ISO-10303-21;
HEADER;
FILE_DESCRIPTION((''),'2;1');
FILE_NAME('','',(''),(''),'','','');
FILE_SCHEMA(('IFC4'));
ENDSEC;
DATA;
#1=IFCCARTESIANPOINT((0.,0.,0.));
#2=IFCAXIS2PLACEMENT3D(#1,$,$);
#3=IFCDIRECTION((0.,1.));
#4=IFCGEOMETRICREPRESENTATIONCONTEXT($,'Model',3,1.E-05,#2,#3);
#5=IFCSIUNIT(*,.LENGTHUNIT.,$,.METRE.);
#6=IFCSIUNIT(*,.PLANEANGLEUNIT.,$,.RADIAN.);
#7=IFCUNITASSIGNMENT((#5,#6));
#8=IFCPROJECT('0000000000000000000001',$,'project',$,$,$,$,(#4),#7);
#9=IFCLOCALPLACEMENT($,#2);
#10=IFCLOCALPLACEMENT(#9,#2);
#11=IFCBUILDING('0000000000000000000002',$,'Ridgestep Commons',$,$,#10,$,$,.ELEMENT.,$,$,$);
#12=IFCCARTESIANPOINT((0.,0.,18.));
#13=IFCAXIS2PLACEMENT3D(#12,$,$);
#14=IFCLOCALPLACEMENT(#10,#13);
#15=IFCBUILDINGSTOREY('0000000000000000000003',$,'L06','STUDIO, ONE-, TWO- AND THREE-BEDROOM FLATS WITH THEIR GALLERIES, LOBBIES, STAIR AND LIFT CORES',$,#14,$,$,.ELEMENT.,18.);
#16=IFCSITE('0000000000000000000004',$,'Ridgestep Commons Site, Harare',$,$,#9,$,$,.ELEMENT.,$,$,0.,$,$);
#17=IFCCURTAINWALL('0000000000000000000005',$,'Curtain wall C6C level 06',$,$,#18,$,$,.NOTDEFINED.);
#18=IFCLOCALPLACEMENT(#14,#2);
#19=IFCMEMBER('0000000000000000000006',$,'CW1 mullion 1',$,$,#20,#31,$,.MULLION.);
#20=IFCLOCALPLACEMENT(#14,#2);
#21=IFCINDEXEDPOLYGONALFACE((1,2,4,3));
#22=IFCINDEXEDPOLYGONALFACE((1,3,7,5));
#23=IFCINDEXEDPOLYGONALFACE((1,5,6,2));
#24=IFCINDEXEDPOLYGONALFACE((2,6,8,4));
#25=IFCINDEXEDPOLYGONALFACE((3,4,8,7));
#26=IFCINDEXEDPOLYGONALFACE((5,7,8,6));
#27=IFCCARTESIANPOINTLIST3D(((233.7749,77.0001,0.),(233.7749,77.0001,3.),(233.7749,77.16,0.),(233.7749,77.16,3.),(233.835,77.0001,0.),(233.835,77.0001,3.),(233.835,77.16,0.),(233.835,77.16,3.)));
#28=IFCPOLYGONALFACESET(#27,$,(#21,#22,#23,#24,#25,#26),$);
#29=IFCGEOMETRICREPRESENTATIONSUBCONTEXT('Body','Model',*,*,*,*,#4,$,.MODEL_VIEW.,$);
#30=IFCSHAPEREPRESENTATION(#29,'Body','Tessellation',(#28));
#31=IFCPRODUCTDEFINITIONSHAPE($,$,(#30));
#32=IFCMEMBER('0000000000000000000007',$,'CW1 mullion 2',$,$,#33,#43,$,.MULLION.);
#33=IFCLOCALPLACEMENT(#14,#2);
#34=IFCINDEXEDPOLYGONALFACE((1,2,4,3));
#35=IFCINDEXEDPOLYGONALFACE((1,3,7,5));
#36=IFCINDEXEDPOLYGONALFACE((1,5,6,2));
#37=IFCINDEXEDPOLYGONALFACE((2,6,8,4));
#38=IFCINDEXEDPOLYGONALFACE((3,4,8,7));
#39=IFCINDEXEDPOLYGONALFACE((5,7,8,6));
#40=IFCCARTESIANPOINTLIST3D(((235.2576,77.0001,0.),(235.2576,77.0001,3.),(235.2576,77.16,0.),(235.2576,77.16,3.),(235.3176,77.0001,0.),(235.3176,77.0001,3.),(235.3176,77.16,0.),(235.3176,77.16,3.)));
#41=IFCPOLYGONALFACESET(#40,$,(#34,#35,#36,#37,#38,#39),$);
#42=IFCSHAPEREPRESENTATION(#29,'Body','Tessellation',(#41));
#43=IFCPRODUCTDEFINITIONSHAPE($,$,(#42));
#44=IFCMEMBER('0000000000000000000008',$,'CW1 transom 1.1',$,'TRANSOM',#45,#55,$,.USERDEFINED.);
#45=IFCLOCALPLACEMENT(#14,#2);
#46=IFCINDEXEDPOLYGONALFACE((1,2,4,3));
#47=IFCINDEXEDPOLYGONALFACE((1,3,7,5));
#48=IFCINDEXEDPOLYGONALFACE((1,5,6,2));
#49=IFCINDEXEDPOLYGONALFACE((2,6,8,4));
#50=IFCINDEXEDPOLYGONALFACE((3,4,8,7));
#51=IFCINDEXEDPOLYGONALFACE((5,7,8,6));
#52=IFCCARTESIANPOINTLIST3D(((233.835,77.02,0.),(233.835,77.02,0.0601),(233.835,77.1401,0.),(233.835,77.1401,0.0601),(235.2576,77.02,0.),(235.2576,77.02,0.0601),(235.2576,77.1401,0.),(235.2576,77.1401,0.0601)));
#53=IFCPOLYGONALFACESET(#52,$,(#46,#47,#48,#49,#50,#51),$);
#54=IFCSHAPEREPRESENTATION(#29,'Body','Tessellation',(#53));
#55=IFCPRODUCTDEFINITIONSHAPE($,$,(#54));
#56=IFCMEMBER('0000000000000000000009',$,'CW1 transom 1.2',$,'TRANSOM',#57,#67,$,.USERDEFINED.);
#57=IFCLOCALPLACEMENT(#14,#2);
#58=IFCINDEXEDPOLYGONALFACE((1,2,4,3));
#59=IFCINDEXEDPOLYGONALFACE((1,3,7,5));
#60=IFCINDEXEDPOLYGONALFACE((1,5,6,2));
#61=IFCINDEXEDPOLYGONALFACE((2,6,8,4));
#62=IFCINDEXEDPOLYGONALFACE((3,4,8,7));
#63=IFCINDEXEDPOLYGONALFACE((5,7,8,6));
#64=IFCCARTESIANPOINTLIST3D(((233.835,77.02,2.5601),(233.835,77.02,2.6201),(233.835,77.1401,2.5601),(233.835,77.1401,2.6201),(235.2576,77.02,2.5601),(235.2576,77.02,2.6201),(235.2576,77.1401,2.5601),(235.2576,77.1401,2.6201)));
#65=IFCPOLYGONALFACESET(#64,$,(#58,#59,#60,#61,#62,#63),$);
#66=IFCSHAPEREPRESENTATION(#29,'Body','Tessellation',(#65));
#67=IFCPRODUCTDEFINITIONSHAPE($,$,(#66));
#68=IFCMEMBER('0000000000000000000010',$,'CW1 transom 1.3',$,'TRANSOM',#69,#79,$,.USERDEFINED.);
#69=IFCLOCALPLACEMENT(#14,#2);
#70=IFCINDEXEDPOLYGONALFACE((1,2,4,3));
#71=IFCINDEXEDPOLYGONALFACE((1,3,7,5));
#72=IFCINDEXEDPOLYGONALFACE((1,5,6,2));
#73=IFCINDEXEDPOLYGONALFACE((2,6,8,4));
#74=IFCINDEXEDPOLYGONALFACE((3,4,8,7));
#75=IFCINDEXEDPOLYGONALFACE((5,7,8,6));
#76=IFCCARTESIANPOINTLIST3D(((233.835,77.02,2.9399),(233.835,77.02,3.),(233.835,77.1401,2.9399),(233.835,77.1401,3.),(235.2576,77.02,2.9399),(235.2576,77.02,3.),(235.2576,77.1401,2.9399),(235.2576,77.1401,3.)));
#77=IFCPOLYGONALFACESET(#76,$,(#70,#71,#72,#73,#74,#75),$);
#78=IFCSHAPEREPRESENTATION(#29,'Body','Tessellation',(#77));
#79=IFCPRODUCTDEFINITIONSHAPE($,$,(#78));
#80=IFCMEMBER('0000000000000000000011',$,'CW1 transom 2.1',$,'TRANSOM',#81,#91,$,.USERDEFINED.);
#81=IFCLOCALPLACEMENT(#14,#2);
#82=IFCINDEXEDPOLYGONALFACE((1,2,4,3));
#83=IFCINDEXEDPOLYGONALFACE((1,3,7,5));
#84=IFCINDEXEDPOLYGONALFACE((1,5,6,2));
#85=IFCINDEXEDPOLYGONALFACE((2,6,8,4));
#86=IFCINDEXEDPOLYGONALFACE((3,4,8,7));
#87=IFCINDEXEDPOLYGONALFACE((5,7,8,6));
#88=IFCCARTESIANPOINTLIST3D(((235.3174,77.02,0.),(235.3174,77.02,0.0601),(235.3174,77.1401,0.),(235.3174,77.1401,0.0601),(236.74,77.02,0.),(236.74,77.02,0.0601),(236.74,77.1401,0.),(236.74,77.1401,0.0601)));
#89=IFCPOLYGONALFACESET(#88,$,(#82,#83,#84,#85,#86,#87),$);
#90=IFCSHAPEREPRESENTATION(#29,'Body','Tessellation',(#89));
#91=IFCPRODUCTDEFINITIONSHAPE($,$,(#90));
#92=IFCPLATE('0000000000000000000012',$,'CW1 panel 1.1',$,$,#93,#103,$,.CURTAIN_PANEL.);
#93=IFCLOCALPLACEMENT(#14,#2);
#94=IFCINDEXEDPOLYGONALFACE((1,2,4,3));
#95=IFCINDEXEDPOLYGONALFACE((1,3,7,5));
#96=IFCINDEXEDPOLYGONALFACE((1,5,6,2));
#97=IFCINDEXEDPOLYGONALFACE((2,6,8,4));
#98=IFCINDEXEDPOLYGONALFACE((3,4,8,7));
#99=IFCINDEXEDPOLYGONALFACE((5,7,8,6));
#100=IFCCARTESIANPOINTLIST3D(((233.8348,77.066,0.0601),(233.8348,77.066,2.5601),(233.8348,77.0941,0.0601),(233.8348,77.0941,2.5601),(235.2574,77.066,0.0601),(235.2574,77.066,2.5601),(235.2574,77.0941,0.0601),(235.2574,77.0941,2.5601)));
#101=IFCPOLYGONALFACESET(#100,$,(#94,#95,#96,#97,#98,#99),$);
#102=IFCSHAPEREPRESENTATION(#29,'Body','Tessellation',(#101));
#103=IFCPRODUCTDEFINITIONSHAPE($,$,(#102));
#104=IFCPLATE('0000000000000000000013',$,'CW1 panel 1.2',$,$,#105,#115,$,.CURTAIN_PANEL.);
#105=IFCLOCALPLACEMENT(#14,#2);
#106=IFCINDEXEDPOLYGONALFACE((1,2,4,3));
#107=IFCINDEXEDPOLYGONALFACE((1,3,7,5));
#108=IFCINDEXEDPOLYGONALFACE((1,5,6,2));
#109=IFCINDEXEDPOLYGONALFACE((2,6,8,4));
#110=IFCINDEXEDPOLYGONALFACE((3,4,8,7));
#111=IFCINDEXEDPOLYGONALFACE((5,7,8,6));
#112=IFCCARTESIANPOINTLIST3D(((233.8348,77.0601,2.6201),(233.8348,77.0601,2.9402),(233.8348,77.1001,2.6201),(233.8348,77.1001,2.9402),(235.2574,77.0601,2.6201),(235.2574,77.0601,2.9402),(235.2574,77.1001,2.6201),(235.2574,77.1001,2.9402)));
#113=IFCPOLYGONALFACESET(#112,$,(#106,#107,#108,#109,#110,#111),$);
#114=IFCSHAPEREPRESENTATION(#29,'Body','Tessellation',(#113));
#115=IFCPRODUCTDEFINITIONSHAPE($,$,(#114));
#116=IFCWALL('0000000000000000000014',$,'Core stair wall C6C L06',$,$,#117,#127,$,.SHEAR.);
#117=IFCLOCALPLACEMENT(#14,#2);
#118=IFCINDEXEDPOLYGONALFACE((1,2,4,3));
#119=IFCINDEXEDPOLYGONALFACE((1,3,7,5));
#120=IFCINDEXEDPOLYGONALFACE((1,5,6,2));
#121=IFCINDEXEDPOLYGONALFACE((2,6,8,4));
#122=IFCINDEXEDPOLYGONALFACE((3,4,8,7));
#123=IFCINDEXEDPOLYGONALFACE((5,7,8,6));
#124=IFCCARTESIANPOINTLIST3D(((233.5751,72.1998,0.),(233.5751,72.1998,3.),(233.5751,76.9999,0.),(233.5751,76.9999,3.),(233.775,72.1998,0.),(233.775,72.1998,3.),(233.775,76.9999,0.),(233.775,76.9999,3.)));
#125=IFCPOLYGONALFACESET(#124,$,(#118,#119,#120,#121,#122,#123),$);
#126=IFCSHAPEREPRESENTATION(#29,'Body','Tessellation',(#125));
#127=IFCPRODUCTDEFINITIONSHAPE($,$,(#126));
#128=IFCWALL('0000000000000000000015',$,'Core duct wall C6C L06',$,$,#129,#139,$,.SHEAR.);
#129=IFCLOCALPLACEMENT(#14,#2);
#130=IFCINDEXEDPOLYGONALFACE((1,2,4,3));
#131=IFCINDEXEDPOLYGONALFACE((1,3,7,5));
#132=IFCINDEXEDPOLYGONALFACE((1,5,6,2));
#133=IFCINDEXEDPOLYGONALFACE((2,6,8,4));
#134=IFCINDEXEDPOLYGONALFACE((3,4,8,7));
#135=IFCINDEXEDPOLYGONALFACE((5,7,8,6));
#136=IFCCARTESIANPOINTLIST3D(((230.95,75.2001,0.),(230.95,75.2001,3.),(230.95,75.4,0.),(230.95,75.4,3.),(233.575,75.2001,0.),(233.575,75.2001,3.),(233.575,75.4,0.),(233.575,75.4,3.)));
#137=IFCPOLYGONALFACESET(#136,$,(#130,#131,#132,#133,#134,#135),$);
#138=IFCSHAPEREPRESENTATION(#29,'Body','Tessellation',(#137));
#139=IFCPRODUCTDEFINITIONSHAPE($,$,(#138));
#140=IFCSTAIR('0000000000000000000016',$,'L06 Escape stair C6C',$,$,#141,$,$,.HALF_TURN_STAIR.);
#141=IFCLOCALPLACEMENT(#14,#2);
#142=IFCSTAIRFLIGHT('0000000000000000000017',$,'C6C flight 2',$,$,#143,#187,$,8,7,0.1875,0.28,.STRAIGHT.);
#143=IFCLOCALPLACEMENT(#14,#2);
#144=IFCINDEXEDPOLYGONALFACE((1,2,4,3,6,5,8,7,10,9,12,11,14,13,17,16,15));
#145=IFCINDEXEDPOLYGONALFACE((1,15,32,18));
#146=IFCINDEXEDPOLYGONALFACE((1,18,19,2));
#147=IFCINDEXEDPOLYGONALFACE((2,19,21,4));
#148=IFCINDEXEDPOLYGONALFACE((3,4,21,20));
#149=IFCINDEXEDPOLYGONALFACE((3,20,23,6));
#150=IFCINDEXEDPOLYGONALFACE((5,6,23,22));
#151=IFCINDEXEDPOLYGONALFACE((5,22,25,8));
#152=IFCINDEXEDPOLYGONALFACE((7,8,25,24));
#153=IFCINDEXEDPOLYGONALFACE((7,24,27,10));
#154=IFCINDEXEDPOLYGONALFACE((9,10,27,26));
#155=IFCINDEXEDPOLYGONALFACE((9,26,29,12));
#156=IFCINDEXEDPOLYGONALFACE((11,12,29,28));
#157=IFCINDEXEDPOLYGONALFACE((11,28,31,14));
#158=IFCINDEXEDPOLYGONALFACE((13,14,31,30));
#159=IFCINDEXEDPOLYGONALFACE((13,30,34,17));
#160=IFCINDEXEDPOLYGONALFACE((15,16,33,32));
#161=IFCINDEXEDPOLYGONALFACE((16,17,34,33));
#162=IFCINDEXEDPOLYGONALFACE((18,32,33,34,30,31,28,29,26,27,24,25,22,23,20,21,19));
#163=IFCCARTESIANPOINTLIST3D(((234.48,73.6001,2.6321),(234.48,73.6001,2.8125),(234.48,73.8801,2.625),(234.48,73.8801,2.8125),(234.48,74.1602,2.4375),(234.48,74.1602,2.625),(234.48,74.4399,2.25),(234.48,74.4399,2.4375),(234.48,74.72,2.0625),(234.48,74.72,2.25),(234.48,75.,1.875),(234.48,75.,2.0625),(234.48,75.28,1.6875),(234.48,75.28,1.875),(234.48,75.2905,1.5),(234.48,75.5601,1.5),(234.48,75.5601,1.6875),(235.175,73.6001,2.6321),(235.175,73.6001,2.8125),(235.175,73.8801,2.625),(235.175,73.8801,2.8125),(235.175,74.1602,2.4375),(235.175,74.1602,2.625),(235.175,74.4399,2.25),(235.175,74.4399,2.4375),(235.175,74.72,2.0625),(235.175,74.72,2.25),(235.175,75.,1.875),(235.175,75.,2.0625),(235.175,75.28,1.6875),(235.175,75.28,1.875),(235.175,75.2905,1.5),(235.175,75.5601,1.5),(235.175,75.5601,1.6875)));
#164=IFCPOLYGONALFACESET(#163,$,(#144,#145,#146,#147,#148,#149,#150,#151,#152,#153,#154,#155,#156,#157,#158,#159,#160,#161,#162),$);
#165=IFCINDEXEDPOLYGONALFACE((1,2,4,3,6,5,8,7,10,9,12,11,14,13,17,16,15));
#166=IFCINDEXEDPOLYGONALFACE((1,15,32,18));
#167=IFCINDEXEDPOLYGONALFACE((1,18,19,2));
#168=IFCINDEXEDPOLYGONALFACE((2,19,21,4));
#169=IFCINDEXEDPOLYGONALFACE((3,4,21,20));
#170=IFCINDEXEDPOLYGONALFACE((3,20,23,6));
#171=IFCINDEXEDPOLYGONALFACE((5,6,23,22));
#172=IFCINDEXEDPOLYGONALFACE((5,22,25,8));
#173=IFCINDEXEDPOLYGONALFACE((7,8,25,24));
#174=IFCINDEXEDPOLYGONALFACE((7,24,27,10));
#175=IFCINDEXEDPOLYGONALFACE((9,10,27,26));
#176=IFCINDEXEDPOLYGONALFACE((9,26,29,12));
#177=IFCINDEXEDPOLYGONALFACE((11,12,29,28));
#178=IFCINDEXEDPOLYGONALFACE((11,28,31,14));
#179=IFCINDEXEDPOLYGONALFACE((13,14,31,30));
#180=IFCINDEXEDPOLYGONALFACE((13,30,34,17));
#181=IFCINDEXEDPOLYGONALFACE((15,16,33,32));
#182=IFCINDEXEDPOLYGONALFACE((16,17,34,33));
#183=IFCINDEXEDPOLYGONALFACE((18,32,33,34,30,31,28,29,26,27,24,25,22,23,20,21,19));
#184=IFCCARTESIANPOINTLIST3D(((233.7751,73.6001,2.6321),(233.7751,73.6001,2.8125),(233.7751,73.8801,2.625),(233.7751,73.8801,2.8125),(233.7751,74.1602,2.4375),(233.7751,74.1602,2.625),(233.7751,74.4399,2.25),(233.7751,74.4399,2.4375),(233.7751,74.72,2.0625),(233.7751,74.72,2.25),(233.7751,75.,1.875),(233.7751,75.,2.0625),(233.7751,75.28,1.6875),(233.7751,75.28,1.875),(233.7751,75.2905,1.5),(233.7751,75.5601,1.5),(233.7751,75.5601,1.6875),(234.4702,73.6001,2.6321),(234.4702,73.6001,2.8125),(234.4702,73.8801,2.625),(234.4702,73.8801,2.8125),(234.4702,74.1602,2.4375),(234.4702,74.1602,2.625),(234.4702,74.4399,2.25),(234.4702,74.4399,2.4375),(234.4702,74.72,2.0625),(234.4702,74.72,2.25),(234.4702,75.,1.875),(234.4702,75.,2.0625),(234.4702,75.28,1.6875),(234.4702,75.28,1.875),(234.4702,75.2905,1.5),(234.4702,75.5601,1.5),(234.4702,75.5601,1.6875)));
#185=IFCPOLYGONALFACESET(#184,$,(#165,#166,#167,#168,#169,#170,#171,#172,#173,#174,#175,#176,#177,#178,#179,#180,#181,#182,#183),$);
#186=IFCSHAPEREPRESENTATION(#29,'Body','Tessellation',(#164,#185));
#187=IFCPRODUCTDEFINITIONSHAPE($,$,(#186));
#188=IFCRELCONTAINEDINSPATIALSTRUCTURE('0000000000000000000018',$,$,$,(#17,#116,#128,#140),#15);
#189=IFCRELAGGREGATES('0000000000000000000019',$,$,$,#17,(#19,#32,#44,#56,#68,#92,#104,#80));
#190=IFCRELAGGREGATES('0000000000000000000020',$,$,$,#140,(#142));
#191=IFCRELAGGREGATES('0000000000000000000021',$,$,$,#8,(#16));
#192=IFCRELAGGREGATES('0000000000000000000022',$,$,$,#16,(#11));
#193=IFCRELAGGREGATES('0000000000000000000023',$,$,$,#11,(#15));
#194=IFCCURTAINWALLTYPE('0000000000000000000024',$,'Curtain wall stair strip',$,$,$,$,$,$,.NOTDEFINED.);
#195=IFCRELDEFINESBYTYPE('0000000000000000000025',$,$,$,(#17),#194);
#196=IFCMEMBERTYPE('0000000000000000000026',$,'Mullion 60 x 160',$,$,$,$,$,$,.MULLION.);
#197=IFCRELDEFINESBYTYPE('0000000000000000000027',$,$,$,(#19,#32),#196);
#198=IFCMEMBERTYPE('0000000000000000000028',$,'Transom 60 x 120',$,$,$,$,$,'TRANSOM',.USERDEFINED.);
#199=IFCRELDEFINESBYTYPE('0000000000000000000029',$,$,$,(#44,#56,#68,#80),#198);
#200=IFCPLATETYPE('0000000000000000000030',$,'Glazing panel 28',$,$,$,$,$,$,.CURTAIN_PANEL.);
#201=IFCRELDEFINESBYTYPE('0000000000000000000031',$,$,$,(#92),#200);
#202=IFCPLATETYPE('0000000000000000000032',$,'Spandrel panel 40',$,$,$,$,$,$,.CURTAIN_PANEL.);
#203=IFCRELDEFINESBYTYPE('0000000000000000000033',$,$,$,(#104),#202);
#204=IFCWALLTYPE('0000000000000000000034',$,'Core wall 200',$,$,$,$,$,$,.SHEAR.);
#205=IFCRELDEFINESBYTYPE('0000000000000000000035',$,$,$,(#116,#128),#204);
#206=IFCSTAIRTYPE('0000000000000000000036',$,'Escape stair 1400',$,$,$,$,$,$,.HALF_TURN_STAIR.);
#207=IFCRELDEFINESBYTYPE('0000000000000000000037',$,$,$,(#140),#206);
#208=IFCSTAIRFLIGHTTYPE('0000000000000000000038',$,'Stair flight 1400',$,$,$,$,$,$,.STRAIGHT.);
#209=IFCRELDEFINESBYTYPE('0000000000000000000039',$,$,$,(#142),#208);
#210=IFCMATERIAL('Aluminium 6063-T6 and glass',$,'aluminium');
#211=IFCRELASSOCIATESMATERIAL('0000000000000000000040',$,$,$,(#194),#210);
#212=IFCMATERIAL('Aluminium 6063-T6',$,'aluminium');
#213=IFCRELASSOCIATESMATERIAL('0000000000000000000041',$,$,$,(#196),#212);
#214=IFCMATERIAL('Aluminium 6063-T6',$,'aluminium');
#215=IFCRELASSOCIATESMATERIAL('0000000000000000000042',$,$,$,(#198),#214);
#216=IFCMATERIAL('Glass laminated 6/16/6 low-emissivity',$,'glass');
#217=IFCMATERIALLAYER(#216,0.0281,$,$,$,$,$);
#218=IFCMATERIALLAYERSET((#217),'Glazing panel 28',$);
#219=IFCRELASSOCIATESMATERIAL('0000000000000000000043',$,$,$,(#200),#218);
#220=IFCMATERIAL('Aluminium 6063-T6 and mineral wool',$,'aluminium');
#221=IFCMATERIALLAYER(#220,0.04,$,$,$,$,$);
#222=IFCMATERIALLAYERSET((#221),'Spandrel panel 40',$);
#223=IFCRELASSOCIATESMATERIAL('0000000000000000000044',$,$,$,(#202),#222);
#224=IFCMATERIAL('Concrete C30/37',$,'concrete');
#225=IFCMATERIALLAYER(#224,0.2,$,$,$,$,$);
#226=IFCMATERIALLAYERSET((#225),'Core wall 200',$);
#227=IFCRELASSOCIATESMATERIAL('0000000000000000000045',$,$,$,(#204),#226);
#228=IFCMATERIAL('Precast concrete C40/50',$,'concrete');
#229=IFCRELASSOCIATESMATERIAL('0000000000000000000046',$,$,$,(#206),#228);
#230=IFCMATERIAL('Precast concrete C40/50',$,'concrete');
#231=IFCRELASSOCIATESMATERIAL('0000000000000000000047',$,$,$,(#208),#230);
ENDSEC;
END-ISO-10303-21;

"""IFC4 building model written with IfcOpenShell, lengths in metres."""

from ifc_helpers import new_model, si_unit, direction, frame, frame_2d, origin, origin_2d, place, context, subcontext, project, spatial, polyline, rectangle, outline, extrude, material, layer, layer_set, material_profile, profile_set, type_object, element, aggregate, save


model = new_model("IFC4")

# Units and contexts
model_context = context("Model", 3, precision=1e-05, world=origin(), true_north=direction((0.0, 1.0)))
body_context = subcontext(model_context, "Body", "Model", "MODEL_VIEW")
ifc_project = project(units=[si_unit("LENGTHUNIT", "METRE"), si_unit("PLANEANGLEUNIT", "RADIAN")], contexts=[model_context])

# Site, building, storey
site_placement = place(None, origin())
site = spatial("IfcSite", under=ifc_project, at=site_placement, Name="Ridgestep Commons Site, Harare", CompositionType="ELEMENT", RefElevation=0.0)
building_placement = place(site_placement, origin())
building = spatial("IfcBuilding", under=site, at=building_placement, Name="Ridgestep Commons", CompositionType="ELEMENT")
storey_placement = place(building_placement, frame((0.0, 0.0, 18.0)))
storey = spatial("IfcBuildingStorey", under=building, at=storey_placement, Name="L06", Description="STUDIO, ONE-, TWO- AND THREE-BEDROOM FLATS WITH THEIR GALLERIES, LOBBIES, STAIR AND LIFT CORES", CompositionType="ELEMENT", Elevation=18.0)

# Curtain wall, members, plates
ifc_material_1 = material(Name="Aluminium 6063-T6 and glass", Category="aluminium")
curtain_wall_type = type_object("IfcCurtainWallType", Name="Curtain wall stair strip", PredefinedType="NOTDEFINED", material=ifc_material_1)
curtain_wall_placement = place(storey_placement, origin())
curtain_wall = element("IfcCurtainWall", 1, at=curtain_wall_placement, inside=storey, type_object=curtain_wall_type, Name="Curtain wall C6C level 06", PredefinedType="NOTDEFINED")
ifc_material_2 = material(Name="Aluminium 6063-T6", Category="aluminium")
ifc_material_profile_1 = material_profile(ifc_material_2, rectangle(XDim=0.1599, YDim=0.0601, at=origin_2d()), Name="Mullion 60 x 160")
ifc_profile_set_1 = profile_set([ifc_material_profile_1], Name="Aluminium 6063-T6")
member_type_1 = type_object("IfcMemberType", Name="Mullion 60 x 160", PredefinedType="MULLION", material=ifc_profile_set_1)
member_1_placement = place(storey_placement, frame((233.8049, 77.0801, 0.0), z_axis=(0.0, 0.0, 1.0), x_axis=(0.0, 1.0, 0.0)))
member_1 = element("IfcMember", 2, at=member_1_placement, type_object=member_type_1, Name="CW1 mullion 1", PredefinedType="MULLION", context=body_context, shape_type="SweptSolid", body=[
    extrude(rectangle(XDim=0.1599, YDim=0.0601, at=origin_2d()), origin(), (0.0, 0.0, 1.0), 3.0),
])
member_2_placement = place(storey_placement, frame((235.2876, 77.0801, 0.0), z_axis=(0.0, 0.0, 1.0), x_axis=(0.0, 1.0, 0.0)))
member_2 = element("IfcMember", 3, at=member_2_placement, type_object=member_type_1, Name="CW1 mullion 2", PredefinedType="MULLION", context=body_context, shape_type="SweptSolid", body=[
    extrude(rectangle(XDim=0.1599, YDim=0.0601, at=origin_2d()), origin(), (0.0, 0.0, 1.0), 3.0),
])
ifc_material_3 = material(Name="Aluminium 6063-T6", Category="aluminium")
ifc_material_profile_2 = material_profile(ifc_material_3, rectangle(XDim=0.1201, YDim=0.0601, at=origin_2d()), Name="Transom 60 x 120")
ifc_profile_set_2 = profile_set([ifc_material_profile_2], Name="Aluminium 6063-T6")
member_type_2 = type_object("IfcMemberType", Name="Transom 60 x 120", ElementType="TRANSOM", PredefinedType="USERDEFINED", material=ifc_profile_set_2)
member_3_placement = place(storey_placement, frame((233.835, 77.0801, 0.03), z_axis=(1.0, 0.0, 0.0), x_axis=(0.0, 1.0, 0.0)))
member_3 = element("IfcMember", 4, at=member_3_placement, type_object=member_type_2, Name="CW1 transom 1.1", ObjectType="TRANSOM", PredefinedType="USERDEFINED", context=body_context, shape_type="SweptSolid", body=[
    extrude(rectangle(XDim=0.1201, YDim=0.0601, at=origin_2d()), origin(), (0.0, 0.0, 1.0), 1.4226),
])
member_4_placement = place(storey_placement, frame((233.835, 77.0801, 2.5901), z_axis=(1.0, 0.0, 0.0), x_axis=(0.0, 1.0, 0.0)))
member_4 = element("IfcMember", 5, at=member_4_placement, type_object=member_type_2, Name="CW1 transom 1.2", ObjectType="TRANSOM", PredefinedType="USERDEFINED", context=body_context, shape_type="SweptSolid", body=[
    extrude(rectangle(XDim=0.1201, YDim=0.0601, at=origin_2d()), origin(), (0.0, 0.0, 1.0), 1.4226),
])
member_5_placement = place(storey_placement, frame((233.835, 77.0801, 2.97), z_axis=(1.0, 0.0, 0.0), x_axis=(0.0, 1.0, 0.0)))
member_5 = element("IfcMember", 6, at=member_5_placement, type_object=member_type_2, Name="CW1 transom 1.3", ObjectType="TRANSOM", PredefinedType="USERDEFINED", context=body_context, shape_type="SweptSolid", body=[
    extrude(rectangle(XDim=0.1201, YDim=0.0601, at=origin_2d()), origin(), (0.0, 0.0, 1.0), 1.4226),
])
member_6_placement = place(storey_placement, frame((235.3174, 77.0801, 0.03), z_axis=(1.0, 0.0, 0.0), x_axis=(0.0, 1.0, 0.0)))
member_6 = element("IfcMember", 7, at=member_6_placement, type_object=member_type_2, Name="CW1 transom 2.1", ObjectType="TRANSOM", PredefinedType="USERDEFINED", context=body_context, shape_type="SweptSolid", body=[
    extrude(rectangle(XDim=0.1201, YDim=0.0601, at=origin_2d()), origin(), (0.0, 0.0, 1.0), 1.4226),
])
ifc_material_4 = material(Name="Glass laminated 6/16/6 low-emissivity", Category="glass")
ifc_layer_1 = layer(ifc_material_4, 0.0281)
ifc_layer_set_1 = layer_set([ifc_layer_1], Name="Glazing panel 28")
plate_type_1 = type_object("IfcPlateType", Name="Glazing panel 28", PredefinedType="CURTAIN_PANEL", material=ifc_layer_set_1)
plate_1_placement = place(storey_placement, frame((234.5461, 77.0801, 0.0601), z_axis=(0.0, 0.0, 1.0), x_axis=(1.0, 0.0, 0.0)))
plate_1 = element("IfcPlate", 8, at=plate_1_placement, type_object=plate_type_1, Name="CW1 panel 1.1", PredefinedType="CURTAIN_PANEL", context=body_context, shape_type="SweptSolid", body=[
    extrude(rectangle(XDim=1.4226, YDim=0.0281, at=origin_2d()), origin(), (0.0, 0.0, 1.0), 2.5),
])
ifc_material_5 = material(Name="Aluminium 6063-T6 and mineral wool", Category="aluminium")
ifc_layer_2 = layer(ifc_material_5, 0.04)
ifc_layer_set_2 = layer_set([ifc_layer_2], Name="Spandrel panel 40")
plate_type_2 = type_object("IfcPlateType", Name="Spandrel panel 40", PredefinedType="CURTAIN_PANEL", material=ifc_layer_set_2)
plate_2_placement = place(storey_placement, frame((234.5461, 77.0801, 2.6201), z_axis=(0.0, 0.0, 1.0), x_axis=(1.0, 0.0, 0.0)))
plate_2 = element("IfcPlate", 9, at=plate_2_placement, type_object=plate_type_2, Name="CW1 panel 1.2", PredefinedType="CURTAIN_PANEL", context=body_context, shape_type="SweptSolid", body=[
    extrude(rectangle(XDim=1.4226, YDim=0.04, at=origin_2d()), origin(), (0.0, 0.0, 1.0), 0.3201),
])
aggregate(curtain_wall, [member_1, member_2, member_3, member_4, member_5, plate_1, plate_2, member_6])

# Walls
ifc_material_6 = material(Name="Concrete C30/37", Category="concrete")
ifc_layer_3 = layer(ifc_material_6, 0.2)
ifc_layer_set_3 = layer_set([ifc_layer_3], Name="Core wall 200")
wall_type = type_object("IfcWallType", Name="Core wall 200", PredefinedType="SHEAR", material=ifc_layer_set_3)
wall_1_placement = place(storey_placement, frame((233.675, 72.2, 0.0), z_axis=(0.0, 0.0, 1.0), x_axis=(0.0, 1.0, 0.0)))
element("IfcWall", 10, at=wall_1_placement, inside=storey, type_object=wall_type, Name="Core stair wall C6C L06", PredefinedType="SHEAR", context=body_context, shape_type="SweptSolid", body=[
    extrude(rectangle(XDim=4.8, YDim=0.2, at=frame_2d((2.3999, 0.0))), origin(), (0.0, 0.0, 1.0), 3.0),
])
wall_2_placement = place(storey_placement, frame((230.95, 75.3, 0.0), z_axis=(0.0, 0.0, 1.0), x_axis=(1.0, 0.0, 0.0)))
element("IfcWall", 11, at=wall_2_placement, inside=storey, type_object=wall_type, Name="Core duct wall C6C L06", PredefinedType="SHEAR", context=body_context, shape_type="SweptSolid", body=[
    extrude(rectangle(XDim=2.625, YDim=0.2, at=frame_2d((1.3125, 0.0))), origin(), (0.0, 0.0, 1.0), 3.0),
])

# Stair, stair flight
ifc_material_7 = material(Name="Precast concrete C40/50", Category="concrete")
stair_type = type_object("IfcStairType", Name="Escape stair 1400", PredefinedType="HALF_TURN_STAIR", material=ifc_material_7)
stair_placement = place(storey_placement, origin())
stair = element("IfcStair", 12, at=stair_placement, inside=storey, type_object=stair_type, Name="L06 Escape stair C6C", PredefinedType="HALF_TURN_STAIR")
ifc_material_8 = material(Name="Precast concrete C40/50", Category="concrete")
stair_flight_type = type_object("IfcStairFlightType", Name="Stair flight 1400", PredefinedType="STRAIGHT", material=ifc_material_8)
stair_flight_placement = place(storey_placement, frame((234.4751, 75.5601, 1.5), z_axis=(0.0, 0.0, 1.0), x_axis=(0.0, -1.0, 0.0)))
stair_flight = element("IfcStairFlight", 13, at=stair_flight_placement, type_object=stair_flight_type, Name="C6C flight 2", NumberOfRisers=8, NumberOfTreads=7, PredefinedType="STRAIGHT", RiserHeight=0.1875, TreadLength=0.28, context=body_context, shape_type="SweptSolid", body=[
    extrude(outline(polyline([(0.0, 0.0), (0.0, 0.1875), (0.28, 0.1875), (0.28, 0.375), (0.5601, 0.375), (0.5601, 0.5625), (0.8401, 0.5625), (0.8401, 0.75), (1.1201, 0.75), (1.1201, 0.9375), (1.3999, 0.9375), (1.3999, 1.125), (1.6799, 1.125), (1.6799, 1.3125), (1.96, 1.3125), (1.96, 1.5), (1.96, 1.1321), (0.2695, 0.0), (0.0, 0.0)])), frame((0.0, 0.7, 0.0), z_axis=(0.0, -1.0, 0.0), x_axis=(1.0, 0.0, 0.0)), (0.0, 0.0, 1.0), 0.6951),
    extrude(outline(polyline([(0.0, 0.0), (0.0, 0.1875), (0.28, 0.1875), (0.28, 0.375), (0.5601, 0.375), (0.5601, 0.5625), (0.8401, 0.5625), (0.8401, 0.75), (1.1201, 0.75), (1.1201, 0.9375), (1.3999, 0.9375), (1.3999, 1.125), (1.6799, 1.125), (1.6799, 1.3125), (1.96, 1.3125), (1.96, 1.5), (1.96, 1.1321), (0.2695, 0.0), (0.0, 0.0)])), frame((0.0, -0.0049, 0.0), z_axis=(0.0, -1.0, 0.0), x_axis=(1.0, 0.0, 0.0)), (0.0, 0.0, 1.0), 0.6951),
])
aggregate(stair, [stair_flight])

save(model, "model.ifc")
